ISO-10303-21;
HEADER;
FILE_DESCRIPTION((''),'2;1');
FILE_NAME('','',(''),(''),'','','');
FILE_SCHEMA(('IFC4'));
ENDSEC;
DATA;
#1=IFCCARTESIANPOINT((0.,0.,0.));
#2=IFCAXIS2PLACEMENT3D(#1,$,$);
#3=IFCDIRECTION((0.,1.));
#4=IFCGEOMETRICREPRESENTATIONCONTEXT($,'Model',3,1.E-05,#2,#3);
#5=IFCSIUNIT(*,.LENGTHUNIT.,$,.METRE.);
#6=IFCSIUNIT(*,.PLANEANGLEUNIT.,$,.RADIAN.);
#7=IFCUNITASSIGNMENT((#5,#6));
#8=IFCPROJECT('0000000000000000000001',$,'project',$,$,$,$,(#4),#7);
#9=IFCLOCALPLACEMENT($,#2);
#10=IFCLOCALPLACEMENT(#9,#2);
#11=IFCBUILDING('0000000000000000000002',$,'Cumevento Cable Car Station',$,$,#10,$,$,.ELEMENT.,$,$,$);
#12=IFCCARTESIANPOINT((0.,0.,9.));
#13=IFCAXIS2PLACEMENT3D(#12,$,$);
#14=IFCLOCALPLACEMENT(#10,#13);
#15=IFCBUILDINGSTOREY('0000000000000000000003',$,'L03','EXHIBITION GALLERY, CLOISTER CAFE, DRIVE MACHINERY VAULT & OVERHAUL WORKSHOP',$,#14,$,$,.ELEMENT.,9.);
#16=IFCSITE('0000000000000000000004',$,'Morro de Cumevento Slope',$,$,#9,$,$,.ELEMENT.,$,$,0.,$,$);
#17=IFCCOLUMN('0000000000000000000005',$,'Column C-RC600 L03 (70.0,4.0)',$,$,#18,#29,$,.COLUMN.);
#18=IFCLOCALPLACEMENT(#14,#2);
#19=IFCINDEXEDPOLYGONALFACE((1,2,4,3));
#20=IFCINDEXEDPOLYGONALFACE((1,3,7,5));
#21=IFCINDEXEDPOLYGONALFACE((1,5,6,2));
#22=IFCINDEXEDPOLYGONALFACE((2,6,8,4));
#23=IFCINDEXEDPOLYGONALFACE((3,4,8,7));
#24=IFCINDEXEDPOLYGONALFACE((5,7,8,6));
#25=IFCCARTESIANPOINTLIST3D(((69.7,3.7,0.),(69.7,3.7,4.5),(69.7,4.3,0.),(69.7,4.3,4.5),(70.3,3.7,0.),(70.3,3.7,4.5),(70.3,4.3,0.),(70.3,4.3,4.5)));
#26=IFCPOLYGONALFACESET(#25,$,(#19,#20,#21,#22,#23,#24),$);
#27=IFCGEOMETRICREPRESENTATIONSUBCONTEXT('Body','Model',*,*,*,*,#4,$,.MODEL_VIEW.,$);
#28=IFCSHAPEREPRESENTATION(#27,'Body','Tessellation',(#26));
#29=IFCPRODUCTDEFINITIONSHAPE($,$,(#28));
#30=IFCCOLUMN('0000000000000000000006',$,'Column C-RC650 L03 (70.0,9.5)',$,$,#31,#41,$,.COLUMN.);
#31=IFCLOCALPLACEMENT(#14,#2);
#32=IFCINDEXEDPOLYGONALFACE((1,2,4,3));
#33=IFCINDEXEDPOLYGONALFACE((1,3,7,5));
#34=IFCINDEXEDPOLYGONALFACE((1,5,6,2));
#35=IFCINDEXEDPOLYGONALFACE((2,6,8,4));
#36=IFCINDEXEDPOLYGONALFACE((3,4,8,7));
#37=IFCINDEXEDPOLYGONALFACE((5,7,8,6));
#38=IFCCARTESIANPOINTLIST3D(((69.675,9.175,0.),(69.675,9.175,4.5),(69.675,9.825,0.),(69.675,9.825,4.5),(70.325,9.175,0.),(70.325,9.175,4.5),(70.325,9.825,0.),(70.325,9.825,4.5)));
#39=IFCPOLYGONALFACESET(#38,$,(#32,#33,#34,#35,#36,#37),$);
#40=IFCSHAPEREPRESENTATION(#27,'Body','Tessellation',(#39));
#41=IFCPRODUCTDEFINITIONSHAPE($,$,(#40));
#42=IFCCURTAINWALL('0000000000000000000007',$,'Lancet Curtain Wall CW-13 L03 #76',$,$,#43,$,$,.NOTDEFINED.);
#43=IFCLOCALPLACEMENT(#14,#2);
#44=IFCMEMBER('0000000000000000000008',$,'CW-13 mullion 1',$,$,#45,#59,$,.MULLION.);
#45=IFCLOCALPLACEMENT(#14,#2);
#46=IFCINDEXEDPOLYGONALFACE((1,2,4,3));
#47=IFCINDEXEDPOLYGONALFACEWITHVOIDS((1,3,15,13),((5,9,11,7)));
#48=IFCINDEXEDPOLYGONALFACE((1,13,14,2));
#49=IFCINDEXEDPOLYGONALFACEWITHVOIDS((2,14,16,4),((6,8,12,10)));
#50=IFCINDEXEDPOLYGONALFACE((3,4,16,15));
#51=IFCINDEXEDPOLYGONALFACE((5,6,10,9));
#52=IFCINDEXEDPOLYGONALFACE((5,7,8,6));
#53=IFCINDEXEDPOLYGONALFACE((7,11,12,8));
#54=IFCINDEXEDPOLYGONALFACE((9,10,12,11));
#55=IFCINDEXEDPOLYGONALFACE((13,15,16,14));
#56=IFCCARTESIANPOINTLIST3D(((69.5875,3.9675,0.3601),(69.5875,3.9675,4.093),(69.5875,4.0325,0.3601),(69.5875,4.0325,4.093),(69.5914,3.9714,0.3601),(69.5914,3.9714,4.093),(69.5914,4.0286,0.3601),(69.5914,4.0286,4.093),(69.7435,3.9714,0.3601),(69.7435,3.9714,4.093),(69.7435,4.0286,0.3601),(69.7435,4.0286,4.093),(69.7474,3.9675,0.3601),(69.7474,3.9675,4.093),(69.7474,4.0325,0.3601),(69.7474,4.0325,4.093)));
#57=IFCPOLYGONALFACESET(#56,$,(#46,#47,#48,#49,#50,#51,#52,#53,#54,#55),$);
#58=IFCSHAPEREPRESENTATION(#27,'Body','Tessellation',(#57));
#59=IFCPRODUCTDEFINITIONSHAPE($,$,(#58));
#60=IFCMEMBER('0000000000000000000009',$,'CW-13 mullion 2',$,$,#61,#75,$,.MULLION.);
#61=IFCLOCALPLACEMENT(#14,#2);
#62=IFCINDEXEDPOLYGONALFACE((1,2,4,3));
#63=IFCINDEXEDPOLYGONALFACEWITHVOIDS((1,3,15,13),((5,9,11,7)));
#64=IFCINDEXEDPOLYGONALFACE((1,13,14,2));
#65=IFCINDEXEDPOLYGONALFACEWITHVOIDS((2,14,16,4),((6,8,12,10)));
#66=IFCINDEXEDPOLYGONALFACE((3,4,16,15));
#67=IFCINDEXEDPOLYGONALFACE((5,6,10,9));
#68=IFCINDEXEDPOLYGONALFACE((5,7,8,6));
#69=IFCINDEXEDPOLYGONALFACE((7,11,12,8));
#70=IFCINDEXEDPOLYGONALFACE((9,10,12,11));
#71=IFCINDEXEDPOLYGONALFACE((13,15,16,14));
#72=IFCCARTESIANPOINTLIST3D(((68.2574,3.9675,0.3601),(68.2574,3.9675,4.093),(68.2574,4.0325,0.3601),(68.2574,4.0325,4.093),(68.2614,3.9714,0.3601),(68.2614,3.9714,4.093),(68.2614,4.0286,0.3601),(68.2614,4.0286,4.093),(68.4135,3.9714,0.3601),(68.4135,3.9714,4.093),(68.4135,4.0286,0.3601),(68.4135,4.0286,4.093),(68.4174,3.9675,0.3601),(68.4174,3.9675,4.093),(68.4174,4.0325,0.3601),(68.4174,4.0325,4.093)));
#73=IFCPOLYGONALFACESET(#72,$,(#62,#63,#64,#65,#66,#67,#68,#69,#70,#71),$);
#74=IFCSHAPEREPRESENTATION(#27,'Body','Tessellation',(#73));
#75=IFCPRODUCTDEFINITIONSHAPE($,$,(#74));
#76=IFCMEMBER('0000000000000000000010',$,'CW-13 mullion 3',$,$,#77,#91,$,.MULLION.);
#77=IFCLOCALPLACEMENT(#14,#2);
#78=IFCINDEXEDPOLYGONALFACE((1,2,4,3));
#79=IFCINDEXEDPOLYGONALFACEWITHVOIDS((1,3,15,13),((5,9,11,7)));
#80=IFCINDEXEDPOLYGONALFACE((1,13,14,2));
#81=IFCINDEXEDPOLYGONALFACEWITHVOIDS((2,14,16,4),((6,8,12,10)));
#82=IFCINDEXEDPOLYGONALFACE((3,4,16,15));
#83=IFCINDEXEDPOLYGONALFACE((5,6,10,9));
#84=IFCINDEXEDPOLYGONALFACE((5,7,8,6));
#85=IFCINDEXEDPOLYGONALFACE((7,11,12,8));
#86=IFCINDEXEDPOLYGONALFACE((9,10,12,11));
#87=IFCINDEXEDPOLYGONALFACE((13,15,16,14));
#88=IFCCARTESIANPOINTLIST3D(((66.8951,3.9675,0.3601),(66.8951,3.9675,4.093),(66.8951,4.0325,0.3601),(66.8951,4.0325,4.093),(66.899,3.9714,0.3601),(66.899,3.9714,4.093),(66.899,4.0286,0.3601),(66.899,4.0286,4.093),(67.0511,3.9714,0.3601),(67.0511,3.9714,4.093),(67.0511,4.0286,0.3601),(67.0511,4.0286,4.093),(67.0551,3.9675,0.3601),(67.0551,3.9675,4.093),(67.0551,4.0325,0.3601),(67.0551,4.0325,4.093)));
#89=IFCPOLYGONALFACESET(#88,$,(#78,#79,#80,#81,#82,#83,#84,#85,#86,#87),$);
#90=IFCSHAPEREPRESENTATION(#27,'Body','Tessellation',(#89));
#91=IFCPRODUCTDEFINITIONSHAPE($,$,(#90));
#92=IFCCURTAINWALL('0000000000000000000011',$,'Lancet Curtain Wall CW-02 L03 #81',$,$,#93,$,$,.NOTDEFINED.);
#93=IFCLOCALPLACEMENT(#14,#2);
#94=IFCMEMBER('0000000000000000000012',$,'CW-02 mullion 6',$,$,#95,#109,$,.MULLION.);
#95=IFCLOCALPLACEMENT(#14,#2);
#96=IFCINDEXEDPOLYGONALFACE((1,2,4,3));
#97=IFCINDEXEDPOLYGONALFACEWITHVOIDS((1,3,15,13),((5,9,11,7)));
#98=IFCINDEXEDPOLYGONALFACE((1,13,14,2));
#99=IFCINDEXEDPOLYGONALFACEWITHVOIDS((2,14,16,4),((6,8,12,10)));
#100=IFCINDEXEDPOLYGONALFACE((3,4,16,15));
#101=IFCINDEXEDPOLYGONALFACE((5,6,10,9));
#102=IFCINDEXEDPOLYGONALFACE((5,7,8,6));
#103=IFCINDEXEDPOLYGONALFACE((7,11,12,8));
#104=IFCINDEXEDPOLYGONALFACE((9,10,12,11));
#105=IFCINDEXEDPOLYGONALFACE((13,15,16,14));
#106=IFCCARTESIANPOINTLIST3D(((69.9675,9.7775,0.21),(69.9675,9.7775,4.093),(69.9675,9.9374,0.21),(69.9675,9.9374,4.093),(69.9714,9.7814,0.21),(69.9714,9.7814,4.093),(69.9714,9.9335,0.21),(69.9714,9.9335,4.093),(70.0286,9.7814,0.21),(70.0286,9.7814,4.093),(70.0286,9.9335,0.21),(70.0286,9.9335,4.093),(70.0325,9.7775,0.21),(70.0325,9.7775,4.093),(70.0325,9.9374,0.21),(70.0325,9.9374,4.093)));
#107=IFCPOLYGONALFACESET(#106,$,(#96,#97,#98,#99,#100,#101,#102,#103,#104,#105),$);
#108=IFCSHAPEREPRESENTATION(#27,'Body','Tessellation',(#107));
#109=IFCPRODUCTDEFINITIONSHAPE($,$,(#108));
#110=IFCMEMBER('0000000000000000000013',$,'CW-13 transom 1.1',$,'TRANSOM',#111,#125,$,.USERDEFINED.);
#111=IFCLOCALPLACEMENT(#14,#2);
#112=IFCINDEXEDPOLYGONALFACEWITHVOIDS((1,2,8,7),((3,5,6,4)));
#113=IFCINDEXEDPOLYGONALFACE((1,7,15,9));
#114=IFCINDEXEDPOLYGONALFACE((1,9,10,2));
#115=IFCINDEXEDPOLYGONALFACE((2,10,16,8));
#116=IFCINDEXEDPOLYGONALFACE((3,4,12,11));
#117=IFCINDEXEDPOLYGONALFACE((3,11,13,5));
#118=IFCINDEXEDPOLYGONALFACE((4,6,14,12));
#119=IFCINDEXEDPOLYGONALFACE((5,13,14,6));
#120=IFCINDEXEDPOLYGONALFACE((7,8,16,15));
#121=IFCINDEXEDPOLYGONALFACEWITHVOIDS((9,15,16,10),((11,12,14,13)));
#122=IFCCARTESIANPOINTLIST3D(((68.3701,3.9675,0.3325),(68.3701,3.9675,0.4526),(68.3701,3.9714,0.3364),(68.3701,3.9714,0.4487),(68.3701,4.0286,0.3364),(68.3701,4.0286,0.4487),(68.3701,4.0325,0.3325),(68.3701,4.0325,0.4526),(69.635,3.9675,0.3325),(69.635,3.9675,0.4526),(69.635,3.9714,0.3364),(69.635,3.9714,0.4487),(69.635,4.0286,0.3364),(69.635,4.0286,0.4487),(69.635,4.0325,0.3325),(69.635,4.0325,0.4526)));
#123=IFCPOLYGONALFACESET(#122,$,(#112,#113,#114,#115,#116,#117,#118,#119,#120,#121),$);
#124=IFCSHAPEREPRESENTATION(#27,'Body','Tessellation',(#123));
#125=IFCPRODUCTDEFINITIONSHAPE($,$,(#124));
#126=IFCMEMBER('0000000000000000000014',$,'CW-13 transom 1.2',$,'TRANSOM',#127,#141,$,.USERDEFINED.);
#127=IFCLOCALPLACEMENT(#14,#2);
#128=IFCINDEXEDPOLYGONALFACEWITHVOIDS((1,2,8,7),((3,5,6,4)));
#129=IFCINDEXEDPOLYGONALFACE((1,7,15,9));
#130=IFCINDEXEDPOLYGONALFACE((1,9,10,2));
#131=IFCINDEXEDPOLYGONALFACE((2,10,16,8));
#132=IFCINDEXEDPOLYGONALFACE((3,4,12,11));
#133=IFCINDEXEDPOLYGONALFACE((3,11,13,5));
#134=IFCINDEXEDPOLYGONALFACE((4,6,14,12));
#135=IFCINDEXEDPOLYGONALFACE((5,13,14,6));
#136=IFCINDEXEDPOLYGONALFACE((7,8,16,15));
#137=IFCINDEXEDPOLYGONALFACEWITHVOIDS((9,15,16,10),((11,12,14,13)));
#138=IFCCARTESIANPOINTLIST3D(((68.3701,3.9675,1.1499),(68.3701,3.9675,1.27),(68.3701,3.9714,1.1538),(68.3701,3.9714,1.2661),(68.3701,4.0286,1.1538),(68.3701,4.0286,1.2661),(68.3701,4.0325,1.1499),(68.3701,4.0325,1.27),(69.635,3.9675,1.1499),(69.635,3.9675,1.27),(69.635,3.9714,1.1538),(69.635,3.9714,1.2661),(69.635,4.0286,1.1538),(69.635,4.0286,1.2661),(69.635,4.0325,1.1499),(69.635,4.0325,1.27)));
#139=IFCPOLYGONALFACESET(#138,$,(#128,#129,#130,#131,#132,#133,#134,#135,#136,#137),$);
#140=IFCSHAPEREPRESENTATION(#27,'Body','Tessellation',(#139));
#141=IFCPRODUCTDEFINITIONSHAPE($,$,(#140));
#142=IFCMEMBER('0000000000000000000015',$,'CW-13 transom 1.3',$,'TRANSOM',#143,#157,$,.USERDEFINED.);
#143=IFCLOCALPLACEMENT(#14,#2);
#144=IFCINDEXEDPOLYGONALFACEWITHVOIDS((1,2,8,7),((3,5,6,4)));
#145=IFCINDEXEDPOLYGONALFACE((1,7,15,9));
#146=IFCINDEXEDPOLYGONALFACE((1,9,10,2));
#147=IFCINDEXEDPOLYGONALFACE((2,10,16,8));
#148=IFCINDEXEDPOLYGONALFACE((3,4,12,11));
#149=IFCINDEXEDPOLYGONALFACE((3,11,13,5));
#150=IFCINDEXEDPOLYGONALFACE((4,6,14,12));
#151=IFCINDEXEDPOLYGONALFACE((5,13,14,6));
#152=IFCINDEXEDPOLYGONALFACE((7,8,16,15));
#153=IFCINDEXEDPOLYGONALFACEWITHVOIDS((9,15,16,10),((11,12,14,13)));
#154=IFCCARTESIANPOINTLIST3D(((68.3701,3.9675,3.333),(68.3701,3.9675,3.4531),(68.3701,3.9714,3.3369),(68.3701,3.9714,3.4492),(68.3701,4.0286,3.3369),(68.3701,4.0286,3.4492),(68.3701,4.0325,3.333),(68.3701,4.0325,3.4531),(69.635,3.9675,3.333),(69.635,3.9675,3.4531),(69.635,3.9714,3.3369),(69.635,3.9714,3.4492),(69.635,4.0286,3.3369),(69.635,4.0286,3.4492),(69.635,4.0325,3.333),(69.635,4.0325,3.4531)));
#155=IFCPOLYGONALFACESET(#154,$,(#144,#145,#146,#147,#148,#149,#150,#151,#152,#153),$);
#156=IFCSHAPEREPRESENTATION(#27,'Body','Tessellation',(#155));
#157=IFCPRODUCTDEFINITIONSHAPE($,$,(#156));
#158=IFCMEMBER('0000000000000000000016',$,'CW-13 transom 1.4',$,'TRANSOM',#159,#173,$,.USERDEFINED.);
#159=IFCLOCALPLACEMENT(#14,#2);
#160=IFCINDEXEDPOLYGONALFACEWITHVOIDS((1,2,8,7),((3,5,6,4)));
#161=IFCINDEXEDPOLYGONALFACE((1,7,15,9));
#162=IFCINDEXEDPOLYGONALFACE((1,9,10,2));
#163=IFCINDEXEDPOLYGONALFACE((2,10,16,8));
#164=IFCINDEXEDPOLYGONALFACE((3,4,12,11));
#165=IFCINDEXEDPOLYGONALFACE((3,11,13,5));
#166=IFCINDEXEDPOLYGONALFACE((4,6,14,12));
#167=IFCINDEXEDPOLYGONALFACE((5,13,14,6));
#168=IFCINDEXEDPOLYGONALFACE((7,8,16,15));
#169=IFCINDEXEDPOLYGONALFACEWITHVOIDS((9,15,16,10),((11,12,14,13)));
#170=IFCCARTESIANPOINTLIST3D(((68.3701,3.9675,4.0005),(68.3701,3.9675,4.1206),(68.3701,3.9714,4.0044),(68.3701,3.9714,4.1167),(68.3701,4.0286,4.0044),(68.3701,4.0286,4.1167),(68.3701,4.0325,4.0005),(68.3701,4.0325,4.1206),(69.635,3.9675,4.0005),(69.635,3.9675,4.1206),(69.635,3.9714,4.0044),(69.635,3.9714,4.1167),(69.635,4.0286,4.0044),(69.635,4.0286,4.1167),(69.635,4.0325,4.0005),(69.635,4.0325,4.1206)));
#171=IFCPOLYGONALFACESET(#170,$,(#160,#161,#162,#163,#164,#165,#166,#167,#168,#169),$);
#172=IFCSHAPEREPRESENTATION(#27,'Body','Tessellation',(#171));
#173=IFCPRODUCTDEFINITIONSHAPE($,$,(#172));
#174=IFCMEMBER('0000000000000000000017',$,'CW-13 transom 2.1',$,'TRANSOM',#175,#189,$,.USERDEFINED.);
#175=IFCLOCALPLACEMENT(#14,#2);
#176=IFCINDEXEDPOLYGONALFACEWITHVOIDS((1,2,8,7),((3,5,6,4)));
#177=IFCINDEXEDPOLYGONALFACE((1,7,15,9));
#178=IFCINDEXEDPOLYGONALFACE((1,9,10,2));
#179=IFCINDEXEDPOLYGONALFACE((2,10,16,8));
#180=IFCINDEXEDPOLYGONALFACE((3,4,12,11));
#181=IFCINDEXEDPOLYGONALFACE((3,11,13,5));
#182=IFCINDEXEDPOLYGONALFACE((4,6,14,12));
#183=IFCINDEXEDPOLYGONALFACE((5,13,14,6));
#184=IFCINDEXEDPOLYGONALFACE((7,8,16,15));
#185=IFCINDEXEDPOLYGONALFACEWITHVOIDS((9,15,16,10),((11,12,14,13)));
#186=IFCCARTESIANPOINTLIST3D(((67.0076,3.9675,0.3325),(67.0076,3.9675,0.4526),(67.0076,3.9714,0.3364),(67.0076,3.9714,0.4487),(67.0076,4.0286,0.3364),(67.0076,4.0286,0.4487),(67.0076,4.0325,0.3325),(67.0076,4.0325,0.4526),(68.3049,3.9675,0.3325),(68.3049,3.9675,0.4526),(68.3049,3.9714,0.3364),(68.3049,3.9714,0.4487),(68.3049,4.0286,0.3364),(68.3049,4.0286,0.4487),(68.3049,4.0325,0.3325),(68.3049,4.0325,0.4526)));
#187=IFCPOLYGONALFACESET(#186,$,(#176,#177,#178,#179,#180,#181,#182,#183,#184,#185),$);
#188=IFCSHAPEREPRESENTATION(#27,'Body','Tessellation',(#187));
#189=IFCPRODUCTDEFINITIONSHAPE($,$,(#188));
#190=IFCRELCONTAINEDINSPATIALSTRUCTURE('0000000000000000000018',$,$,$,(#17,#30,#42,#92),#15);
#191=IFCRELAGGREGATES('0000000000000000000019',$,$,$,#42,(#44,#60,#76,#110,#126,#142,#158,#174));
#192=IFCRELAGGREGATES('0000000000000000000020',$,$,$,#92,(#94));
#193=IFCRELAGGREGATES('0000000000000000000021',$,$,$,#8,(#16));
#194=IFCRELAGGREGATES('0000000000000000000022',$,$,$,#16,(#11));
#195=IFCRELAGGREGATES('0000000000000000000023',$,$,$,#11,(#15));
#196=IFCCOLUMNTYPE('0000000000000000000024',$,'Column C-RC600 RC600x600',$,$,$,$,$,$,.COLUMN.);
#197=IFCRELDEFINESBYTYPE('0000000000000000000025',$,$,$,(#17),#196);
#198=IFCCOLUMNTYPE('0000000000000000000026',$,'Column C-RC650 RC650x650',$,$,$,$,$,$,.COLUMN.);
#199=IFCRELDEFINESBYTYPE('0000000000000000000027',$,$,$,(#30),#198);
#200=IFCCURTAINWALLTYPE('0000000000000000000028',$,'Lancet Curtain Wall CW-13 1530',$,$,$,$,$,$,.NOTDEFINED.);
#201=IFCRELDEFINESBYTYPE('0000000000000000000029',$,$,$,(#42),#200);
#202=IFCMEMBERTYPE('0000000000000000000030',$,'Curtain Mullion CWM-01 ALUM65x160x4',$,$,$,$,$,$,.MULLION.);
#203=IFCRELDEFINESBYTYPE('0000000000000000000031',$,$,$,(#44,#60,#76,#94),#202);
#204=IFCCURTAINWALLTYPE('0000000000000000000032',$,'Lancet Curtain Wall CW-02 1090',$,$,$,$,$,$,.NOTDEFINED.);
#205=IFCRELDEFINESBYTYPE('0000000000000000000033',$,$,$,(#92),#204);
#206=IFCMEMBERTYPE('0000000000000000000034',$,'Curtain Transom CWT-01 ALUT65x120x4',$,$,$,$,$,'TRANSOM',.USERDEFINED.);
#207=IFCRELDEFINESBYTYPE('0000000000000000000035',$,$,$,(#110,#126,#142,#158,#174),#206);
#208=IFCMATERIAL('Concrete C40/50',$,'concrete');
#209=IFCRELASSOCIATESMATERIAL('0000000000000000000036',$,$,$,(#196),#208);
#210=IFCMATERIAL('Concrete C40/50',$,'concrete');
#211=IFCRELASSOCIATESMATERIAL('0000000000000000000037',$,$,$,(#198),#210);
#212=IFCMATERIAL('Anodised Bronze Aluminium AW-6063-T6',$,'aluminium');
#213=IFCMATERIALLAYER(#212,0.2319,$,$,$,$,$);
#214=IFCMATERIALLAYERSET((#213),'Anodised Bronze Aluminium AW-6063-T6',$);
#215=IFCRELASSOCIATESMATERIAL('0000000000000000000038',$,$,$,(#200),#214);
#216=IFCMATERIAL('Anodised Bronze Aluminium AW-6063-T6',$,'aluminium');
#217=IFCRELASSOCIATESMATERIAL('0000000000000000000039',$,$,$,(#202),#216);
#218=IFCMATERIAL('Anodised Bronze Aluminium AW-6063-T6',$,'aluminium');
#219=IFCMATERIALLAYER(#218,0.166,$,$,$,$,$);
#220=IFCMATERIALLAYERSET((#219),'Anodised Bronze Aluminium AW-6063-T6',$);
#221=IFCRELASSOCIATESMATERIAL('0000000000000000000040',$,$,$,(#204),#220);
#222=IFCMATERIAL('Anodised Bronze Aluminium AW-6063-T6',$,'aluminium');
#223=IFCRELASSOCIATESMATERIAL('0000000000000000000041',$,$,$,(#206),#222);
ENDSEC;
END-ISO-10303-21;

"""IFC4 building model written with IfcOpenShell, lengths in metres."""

from ifc_helpers import new_model, si_unit, direction, frame, origin, origin_2d, place, context, subcontext, project, spatial, rectangle, hollow_rectangle, extrude, material, layer, layer_set, material_profile, profile_set, type_object, element, aggregate, save


model = new_model("IFC4")

# Units and contexts
model_context = context("Model", 3, precision=1e-05, world=origin(), true_north=direction((0.0, 1.0)))
body_context = subcontext(model_context, "Body", "Model", "MODEL_VIEW")
ifc_project = project(units=[si_unit("LENGTHUNIT", "METRE"), si_unit("PLANEANGLEUNIT", "RADIAN")], contexts=[model_context])

# Site, building, storey
site_placement = place(None, origin())
site = spatial("IfcSite", under=ifc_project, at=site_placement, Name="Morro de Cumevento Slope", CompositionType="ELEMENT", RefElevation=0.0)
building_placement = place(site_placement, origin())
building = spatial("IfcBuilding", under=site, at=building_placement, Name="Cumevento Cable Car Station", CompositionType="ELEMENT")
storey_placement = place(building_placement, frame((0.0, 0.0, 9.0)))
storey = spatial("IfcBuildingStorey", under=building, at=storey_placement, Name="L03", Description="EXHIBITION GALLERY, CLOISTER CAFE, DRIVE MACHINERY VAULT & OVERHAUL WORKSHOP", CompositionType="ELEMENT", Elevation=9.0)

# Columns
ifc_material_1 = material(Name="Concrete C40/50", Category="concrete")
ifc_material_profile_1 = material_profile(ifc_material_1, rectangle(XDim=0.6001, YDim=0.6001, at=origin_2d()), Name="RC600x600")
ifc_profile_set_1 = profile_set([ifc_material_profile_1], Name="Concrete C40/50")
column_type_1 = type_object("IfcColumnType", Name="Column C-RC600 RC600x600", PredefinedType="COLUMN", material=ifc_profile_set_1)
column_1_placement = place(storey_placement, frame((70.0, 4.0, 0.0), z_axis=(0.0, 0.0, 1.0), x_axis=(1.0, 0.0, 0.0)))
element("IfcColumn", 1, at=column_1_placement, inside=storey, type_object=column_type_1, Name="Column C-RC600 L03 (70.0,4.0)", PredefinedType="COLUMN", context=body_context, shape_type="SweptSolid", body=[
    extrude(rectangle(XDim=0.6001, YDim=0.6001, at=origin_2d()), origin(), (0.0, 0.0, 1.0), 4.5),
])
ifc_material_2 = material(Name="Concrete C40/50", Category="concrete")
ifc_material_profile_2 = material_profile(ifc_material_2, rectangle(XDim=0.6499, YDim=0.6499, at=origin_2d()), Name="RC650x650")
ifc_profile_set_2 = profile_set([ifc_material_profile_2], Name="Concrete C40/50")
column_type_2 = type_object("IfcColumnType", Name="Column C-RC650 RC650x650", PredefinedType="COLUMN", material=ifc_profile_set_2)
column_2_placement = place(storey_placement, frame((70.0, 9.5, 0.0), z_axis=(0.0, 0.0, 1.0), x_axis=(1.0, 0.0, 0.0)))
element("IfcColumn", 2, at=column_2_placement, inside=storey, type_object=column_type_2, Name="Column C-RC650 L03 (70.0,9.5)", PredefinedType="COLUMN", context=body_context, shape_type="SweptSolid", body=[
    extrude(rectangle(XDim=0.6499, YDim=0.6499, at=origin_2d()), origin(), (0.0, 0.0, 1.0), 4.5),
])

# Curtain wall, members
ifc_material_3 = material(Name="Anodised Bronze Aluminium AW-6063-T6", Category="aluminium")
ifc_layer_1 = layer(ifc_material_3, 0.2319)
ifc_layer_set_1 = layer_set([ifc_layer_1], Name="Anodised Bronze Aluminium AW-6063-T6")
curtain_wall_type_1 = type_object("IfcCurtainWallType", Name="Lancet Curtain Wall CW-13 1530", PredefinedType="NOTDEFINED", material=ifc_layer_set_1)
curtain_wall_1_placement = place(storey_placement, origin())
curtain_wall_1 = element("IfcCurtainWall", 3, at=curtain_wall_1_placement, inside=storey, type_object=curtain_wall_type_1, Name="Lancet Curtain Wall CW-13 L03 #76", PredefinedType="NOTDEFINED")
ifc_material_4 = material(Name="Anodised Bronze Aluminium AW-6063-T6", Category="aluminium")
ifc_material_profile_3 = material_profile(ifc_material_4, hollow_rectangle(XDim=0.0649, YDim=0.1599, WallThickness=0.0039, at=origin_2d()), Name="ALUM65x160x4")
ifc_profile_set_3 = profile_set([ifc_material_profile_3], Name="Anodised Bronze Aluminium AW-6063-T6")
member_type_1 = type_object("IfcMemberType", Name="Curtain Mullion CWM-01 ALUM65x160x4", PredefinedType="MULLION", material=ifc_profile_set_3)
member_1_placement = place(storey_placement, frame((69.6675, 4.0, 0.3601), z_axis=(0.0, 0.0, 1.0), x_axis=(0.0, -1.0, 0.0)))
member_1 = element("IfcMember", 4, at=member_1_placement, type_object=member_type_1, Name="CW-13 mullion 1", PredefinedType="MULLION", context=body_context, shape_type="SweptSolid", body=[
    extrude(hollow_rectangle(XDim=0.0649, YDim=0.1599, WallThickness=0.0039, at=origin_2d()), origin(), (0.0, 0.0, 1.0), 3.7329),
])
member_2_placement = place(storey_placement, frame((68.3374, 4.0, 0.3601), z_axis=(0.0, 0.0, 1.0), x_axis=(0.0, -1.0, 0.0)))
member_2 = element("IfcMember", 5, at=member_2_placement, type_object=member_type_1, Name="CW-13 mullion 2", PredefinedType="MULLION", context=body_context, shape_type="SweptSolid", body=[
    extrude(hollow_rectangle(XDim=0.0649, YDim=0.1599, WallThickness=0.0039, at=origin_2d()), origin(), (0.0, 0.0, 1.0), 3.7329),
])
member_3_placement = place(storey_placement, frame((66.9751, 4.0, 0.3601), z_axis=(0.0, 0.0, 1.0), x_axis=(0.0, -1.0, 0.0)))
member_3 = element("IfcMember", 6, at=member_3_placement, type_object=member_type_1, Name="CW-13 mullion 3", PredefinedType="MULLION", context=body_context, shape_type="SweptSolid", body=[
    extrude(hollow_rectangle(XDim=0.0649, YDim=0.1599, WallThickness=0.0039, at=origin_2d()), origin(), (0.0, 0.0, 1.0), 3.7329),
])

# Curtain wall, member
ifc_material_5 = material(Name="Anodised Bronze Aluminium AW-6063-T6", Category="aluminium")
ifc_layer_2 = layer(ifc_material_5, 0.166)
ifc_layer_set_2 = layer_set([ifc_layer_2], Name="Anodised Bronze Aluminium AW-6063-T6")
curtain_wall_type_2 = type_object("IfcCurtainWallType", Name="Lancet Curtain Wall CW-02 1090", PredefinedType="NOTDEFINED", material=ifc_layer_set_2)
curtain_wall_2_placement = place(storey_placement, origin())
curtain_wall_2 = element("IfcCurtainWall", 7, at=curtain_wall_2_placement, inside=storey, type_object=curtain_wall_type_2, Name="Lancet Curtain Wall CW-02 L03 #81", PredefinedType="NOTDEFINED")
member_4_placement = place(storey_placement, frame((70.0, 9.8574, 0.21), z_axis=(0.0, 0.0, 1.0), x_axis=(1.0, 0.0, 0.0)))
member_4 = element("IfcMember", 8, at=member_4_placement, type_object=member_type_1, Name="CW-02 mullion 6", PredefinedType="MULLION", context=body_context, shape_type="SweptSolid", body=[
    extrude(hollow_rectangle(XDim=0.0649, YDim=0.1599, WallThickness=0.0039, at=origin_2d()), origin(), (0.0, 0.0, 1.0), 3.8831),
])

# Members
ifc_material_6 = material(Name="Anodised Bronze Aluminium AW-6063-T6", Category="aluminium")
ifc_material_profile_4 = material_profile(ifc_material_6, hollow_rectangle(XDim=0.0649, YDim=0.1201, WallThickness=0.0039, at=origin_2d()), Name="ALUT65x120x4")
ifc_profile_set_4 = profile_set([ifc_material_profile_4], Name="Anodised Bronze Aluminium AW-6063-T6")
member_type_2 = type_object("IfcMemberType", Name="Curtain Transom CWT-01 ALUT65x120x4", ElementType="TRANSOM", PredefinedType="USERDEFINED", material=ifc_profile_set_4)
member_5_placement = place(storey_placement, frame((69.635, 4.0, 0.3926), z_axis=(-1.0, 0.0, 0.0), x_axis=(0.0, -1.0, 0.0)))
member_5 = element("IfcMember", 9, at=member_5_placement, type_object=member_type_2, Name="CW-13 transom 1.1", ObjectType="TRANSOM", PredefinedType="USERDEFINED", context=body_context, shape_type="SweptSolid", body=[
    extrude(hollow_rectangle(XDim=0.0649, YDim=0.1201, WallThickness=0.0039, at=origin_2d()), origin(), (0.0, 0.0, 1.0), 1.2649),
])
member_6_placement = place(storey_placement, frame((69.635, 4.0, 1.21), z_axis=(-1.0, 0.0, 0.0), x_axis=(0.0, -1.0, 0.0)))
member_6 = element("IfcMember", 10, at=member_6_placement, type_object=member_type_2, Name="CW-13 transom 1.2", ObjectType="TRANSOM", PredefinedType="USERDEFINED", context=body_context, shape_type="SweptSolid", body=[
    extrude(hollow_rectangle(XDim=0.0649, YDim=0.1201, WallThickness=0.0039, at=origin_2d()), origin(), (0.0, 0.0, 1.0), 1.2649),
])
member_7_placement = place(storey_placement, frame((69.635, 4.0, 3.3931), z_axis=(-1.0, 0.0, 0.0), x_axis=(0.0, -1.0, 0.0)))
member_7 = element("IfcMember", 11, at=member_7_placement, type_object=member_type_2, Name="CW-13 transom 1.3", ObjectType="TRANSOM", PredefinedType="USERDEFINED", context=body_context, shape_type="SweptSolid", body=[
    extrude(hollow_rectangle(XDim=0.0649, YDim=0.1201, WallThickness=0.0039, at=origin_2d()), origin(), (0.0, 0.0, 1.0), 1.2649),
])
member_8_placement = place(storey_placement, frame((69.635, 4.0, 4.0605), z_axis=(-1.0, 0.0, 0.0), x_axis=(0.0, -1.0, 0.0)))
member_8 = element("IfcMember", 12, at=member_8_placement, type_object=member_type_2, Name="CW-13 transom 1.4", ObjectType="TRANSOM", PredefinedType="USERDEFINED", context=body_context, shape_type="SweptSolid", body=[
    extrude(hollow_rectangle(XDim=0.0649, YDim=0.1201, WallThickness=0.0039, at=origin_2d()), origin(), (0.0, 0.0, 1.0), 1.2649),
])
member_9_placement = place(storey_placement, frame((68.3049, 4.0, 0.3926), z_axis=(-1.0, 0.0, 0.0), x_axis=(0.0, -1.0, 0.0)))
member_9 = element("IfcMember", 13, at=member_9_placement, type_object=member_type_2, Name="CW-13 transom 2.1", ObjectType="TRANSOM", PredefinedType="USERDEFINED", context=body_context, shape_type="SweptSolid", body=[
    extrude(hollow_rectangle(XDim=0.0649, YDim=0.1201, WallThickness=0.0039, at=origin_2d()), origin(), (0.0, 0.0, 1.0), 1.2974),
])

aggregate(curtain_wall_1, [member_1, member_2, member_3, member_5, member_6, member_7, member_8, member_9])
aggregate(curtain_wall_2, [member_4])

save(model, "model.ifc")
